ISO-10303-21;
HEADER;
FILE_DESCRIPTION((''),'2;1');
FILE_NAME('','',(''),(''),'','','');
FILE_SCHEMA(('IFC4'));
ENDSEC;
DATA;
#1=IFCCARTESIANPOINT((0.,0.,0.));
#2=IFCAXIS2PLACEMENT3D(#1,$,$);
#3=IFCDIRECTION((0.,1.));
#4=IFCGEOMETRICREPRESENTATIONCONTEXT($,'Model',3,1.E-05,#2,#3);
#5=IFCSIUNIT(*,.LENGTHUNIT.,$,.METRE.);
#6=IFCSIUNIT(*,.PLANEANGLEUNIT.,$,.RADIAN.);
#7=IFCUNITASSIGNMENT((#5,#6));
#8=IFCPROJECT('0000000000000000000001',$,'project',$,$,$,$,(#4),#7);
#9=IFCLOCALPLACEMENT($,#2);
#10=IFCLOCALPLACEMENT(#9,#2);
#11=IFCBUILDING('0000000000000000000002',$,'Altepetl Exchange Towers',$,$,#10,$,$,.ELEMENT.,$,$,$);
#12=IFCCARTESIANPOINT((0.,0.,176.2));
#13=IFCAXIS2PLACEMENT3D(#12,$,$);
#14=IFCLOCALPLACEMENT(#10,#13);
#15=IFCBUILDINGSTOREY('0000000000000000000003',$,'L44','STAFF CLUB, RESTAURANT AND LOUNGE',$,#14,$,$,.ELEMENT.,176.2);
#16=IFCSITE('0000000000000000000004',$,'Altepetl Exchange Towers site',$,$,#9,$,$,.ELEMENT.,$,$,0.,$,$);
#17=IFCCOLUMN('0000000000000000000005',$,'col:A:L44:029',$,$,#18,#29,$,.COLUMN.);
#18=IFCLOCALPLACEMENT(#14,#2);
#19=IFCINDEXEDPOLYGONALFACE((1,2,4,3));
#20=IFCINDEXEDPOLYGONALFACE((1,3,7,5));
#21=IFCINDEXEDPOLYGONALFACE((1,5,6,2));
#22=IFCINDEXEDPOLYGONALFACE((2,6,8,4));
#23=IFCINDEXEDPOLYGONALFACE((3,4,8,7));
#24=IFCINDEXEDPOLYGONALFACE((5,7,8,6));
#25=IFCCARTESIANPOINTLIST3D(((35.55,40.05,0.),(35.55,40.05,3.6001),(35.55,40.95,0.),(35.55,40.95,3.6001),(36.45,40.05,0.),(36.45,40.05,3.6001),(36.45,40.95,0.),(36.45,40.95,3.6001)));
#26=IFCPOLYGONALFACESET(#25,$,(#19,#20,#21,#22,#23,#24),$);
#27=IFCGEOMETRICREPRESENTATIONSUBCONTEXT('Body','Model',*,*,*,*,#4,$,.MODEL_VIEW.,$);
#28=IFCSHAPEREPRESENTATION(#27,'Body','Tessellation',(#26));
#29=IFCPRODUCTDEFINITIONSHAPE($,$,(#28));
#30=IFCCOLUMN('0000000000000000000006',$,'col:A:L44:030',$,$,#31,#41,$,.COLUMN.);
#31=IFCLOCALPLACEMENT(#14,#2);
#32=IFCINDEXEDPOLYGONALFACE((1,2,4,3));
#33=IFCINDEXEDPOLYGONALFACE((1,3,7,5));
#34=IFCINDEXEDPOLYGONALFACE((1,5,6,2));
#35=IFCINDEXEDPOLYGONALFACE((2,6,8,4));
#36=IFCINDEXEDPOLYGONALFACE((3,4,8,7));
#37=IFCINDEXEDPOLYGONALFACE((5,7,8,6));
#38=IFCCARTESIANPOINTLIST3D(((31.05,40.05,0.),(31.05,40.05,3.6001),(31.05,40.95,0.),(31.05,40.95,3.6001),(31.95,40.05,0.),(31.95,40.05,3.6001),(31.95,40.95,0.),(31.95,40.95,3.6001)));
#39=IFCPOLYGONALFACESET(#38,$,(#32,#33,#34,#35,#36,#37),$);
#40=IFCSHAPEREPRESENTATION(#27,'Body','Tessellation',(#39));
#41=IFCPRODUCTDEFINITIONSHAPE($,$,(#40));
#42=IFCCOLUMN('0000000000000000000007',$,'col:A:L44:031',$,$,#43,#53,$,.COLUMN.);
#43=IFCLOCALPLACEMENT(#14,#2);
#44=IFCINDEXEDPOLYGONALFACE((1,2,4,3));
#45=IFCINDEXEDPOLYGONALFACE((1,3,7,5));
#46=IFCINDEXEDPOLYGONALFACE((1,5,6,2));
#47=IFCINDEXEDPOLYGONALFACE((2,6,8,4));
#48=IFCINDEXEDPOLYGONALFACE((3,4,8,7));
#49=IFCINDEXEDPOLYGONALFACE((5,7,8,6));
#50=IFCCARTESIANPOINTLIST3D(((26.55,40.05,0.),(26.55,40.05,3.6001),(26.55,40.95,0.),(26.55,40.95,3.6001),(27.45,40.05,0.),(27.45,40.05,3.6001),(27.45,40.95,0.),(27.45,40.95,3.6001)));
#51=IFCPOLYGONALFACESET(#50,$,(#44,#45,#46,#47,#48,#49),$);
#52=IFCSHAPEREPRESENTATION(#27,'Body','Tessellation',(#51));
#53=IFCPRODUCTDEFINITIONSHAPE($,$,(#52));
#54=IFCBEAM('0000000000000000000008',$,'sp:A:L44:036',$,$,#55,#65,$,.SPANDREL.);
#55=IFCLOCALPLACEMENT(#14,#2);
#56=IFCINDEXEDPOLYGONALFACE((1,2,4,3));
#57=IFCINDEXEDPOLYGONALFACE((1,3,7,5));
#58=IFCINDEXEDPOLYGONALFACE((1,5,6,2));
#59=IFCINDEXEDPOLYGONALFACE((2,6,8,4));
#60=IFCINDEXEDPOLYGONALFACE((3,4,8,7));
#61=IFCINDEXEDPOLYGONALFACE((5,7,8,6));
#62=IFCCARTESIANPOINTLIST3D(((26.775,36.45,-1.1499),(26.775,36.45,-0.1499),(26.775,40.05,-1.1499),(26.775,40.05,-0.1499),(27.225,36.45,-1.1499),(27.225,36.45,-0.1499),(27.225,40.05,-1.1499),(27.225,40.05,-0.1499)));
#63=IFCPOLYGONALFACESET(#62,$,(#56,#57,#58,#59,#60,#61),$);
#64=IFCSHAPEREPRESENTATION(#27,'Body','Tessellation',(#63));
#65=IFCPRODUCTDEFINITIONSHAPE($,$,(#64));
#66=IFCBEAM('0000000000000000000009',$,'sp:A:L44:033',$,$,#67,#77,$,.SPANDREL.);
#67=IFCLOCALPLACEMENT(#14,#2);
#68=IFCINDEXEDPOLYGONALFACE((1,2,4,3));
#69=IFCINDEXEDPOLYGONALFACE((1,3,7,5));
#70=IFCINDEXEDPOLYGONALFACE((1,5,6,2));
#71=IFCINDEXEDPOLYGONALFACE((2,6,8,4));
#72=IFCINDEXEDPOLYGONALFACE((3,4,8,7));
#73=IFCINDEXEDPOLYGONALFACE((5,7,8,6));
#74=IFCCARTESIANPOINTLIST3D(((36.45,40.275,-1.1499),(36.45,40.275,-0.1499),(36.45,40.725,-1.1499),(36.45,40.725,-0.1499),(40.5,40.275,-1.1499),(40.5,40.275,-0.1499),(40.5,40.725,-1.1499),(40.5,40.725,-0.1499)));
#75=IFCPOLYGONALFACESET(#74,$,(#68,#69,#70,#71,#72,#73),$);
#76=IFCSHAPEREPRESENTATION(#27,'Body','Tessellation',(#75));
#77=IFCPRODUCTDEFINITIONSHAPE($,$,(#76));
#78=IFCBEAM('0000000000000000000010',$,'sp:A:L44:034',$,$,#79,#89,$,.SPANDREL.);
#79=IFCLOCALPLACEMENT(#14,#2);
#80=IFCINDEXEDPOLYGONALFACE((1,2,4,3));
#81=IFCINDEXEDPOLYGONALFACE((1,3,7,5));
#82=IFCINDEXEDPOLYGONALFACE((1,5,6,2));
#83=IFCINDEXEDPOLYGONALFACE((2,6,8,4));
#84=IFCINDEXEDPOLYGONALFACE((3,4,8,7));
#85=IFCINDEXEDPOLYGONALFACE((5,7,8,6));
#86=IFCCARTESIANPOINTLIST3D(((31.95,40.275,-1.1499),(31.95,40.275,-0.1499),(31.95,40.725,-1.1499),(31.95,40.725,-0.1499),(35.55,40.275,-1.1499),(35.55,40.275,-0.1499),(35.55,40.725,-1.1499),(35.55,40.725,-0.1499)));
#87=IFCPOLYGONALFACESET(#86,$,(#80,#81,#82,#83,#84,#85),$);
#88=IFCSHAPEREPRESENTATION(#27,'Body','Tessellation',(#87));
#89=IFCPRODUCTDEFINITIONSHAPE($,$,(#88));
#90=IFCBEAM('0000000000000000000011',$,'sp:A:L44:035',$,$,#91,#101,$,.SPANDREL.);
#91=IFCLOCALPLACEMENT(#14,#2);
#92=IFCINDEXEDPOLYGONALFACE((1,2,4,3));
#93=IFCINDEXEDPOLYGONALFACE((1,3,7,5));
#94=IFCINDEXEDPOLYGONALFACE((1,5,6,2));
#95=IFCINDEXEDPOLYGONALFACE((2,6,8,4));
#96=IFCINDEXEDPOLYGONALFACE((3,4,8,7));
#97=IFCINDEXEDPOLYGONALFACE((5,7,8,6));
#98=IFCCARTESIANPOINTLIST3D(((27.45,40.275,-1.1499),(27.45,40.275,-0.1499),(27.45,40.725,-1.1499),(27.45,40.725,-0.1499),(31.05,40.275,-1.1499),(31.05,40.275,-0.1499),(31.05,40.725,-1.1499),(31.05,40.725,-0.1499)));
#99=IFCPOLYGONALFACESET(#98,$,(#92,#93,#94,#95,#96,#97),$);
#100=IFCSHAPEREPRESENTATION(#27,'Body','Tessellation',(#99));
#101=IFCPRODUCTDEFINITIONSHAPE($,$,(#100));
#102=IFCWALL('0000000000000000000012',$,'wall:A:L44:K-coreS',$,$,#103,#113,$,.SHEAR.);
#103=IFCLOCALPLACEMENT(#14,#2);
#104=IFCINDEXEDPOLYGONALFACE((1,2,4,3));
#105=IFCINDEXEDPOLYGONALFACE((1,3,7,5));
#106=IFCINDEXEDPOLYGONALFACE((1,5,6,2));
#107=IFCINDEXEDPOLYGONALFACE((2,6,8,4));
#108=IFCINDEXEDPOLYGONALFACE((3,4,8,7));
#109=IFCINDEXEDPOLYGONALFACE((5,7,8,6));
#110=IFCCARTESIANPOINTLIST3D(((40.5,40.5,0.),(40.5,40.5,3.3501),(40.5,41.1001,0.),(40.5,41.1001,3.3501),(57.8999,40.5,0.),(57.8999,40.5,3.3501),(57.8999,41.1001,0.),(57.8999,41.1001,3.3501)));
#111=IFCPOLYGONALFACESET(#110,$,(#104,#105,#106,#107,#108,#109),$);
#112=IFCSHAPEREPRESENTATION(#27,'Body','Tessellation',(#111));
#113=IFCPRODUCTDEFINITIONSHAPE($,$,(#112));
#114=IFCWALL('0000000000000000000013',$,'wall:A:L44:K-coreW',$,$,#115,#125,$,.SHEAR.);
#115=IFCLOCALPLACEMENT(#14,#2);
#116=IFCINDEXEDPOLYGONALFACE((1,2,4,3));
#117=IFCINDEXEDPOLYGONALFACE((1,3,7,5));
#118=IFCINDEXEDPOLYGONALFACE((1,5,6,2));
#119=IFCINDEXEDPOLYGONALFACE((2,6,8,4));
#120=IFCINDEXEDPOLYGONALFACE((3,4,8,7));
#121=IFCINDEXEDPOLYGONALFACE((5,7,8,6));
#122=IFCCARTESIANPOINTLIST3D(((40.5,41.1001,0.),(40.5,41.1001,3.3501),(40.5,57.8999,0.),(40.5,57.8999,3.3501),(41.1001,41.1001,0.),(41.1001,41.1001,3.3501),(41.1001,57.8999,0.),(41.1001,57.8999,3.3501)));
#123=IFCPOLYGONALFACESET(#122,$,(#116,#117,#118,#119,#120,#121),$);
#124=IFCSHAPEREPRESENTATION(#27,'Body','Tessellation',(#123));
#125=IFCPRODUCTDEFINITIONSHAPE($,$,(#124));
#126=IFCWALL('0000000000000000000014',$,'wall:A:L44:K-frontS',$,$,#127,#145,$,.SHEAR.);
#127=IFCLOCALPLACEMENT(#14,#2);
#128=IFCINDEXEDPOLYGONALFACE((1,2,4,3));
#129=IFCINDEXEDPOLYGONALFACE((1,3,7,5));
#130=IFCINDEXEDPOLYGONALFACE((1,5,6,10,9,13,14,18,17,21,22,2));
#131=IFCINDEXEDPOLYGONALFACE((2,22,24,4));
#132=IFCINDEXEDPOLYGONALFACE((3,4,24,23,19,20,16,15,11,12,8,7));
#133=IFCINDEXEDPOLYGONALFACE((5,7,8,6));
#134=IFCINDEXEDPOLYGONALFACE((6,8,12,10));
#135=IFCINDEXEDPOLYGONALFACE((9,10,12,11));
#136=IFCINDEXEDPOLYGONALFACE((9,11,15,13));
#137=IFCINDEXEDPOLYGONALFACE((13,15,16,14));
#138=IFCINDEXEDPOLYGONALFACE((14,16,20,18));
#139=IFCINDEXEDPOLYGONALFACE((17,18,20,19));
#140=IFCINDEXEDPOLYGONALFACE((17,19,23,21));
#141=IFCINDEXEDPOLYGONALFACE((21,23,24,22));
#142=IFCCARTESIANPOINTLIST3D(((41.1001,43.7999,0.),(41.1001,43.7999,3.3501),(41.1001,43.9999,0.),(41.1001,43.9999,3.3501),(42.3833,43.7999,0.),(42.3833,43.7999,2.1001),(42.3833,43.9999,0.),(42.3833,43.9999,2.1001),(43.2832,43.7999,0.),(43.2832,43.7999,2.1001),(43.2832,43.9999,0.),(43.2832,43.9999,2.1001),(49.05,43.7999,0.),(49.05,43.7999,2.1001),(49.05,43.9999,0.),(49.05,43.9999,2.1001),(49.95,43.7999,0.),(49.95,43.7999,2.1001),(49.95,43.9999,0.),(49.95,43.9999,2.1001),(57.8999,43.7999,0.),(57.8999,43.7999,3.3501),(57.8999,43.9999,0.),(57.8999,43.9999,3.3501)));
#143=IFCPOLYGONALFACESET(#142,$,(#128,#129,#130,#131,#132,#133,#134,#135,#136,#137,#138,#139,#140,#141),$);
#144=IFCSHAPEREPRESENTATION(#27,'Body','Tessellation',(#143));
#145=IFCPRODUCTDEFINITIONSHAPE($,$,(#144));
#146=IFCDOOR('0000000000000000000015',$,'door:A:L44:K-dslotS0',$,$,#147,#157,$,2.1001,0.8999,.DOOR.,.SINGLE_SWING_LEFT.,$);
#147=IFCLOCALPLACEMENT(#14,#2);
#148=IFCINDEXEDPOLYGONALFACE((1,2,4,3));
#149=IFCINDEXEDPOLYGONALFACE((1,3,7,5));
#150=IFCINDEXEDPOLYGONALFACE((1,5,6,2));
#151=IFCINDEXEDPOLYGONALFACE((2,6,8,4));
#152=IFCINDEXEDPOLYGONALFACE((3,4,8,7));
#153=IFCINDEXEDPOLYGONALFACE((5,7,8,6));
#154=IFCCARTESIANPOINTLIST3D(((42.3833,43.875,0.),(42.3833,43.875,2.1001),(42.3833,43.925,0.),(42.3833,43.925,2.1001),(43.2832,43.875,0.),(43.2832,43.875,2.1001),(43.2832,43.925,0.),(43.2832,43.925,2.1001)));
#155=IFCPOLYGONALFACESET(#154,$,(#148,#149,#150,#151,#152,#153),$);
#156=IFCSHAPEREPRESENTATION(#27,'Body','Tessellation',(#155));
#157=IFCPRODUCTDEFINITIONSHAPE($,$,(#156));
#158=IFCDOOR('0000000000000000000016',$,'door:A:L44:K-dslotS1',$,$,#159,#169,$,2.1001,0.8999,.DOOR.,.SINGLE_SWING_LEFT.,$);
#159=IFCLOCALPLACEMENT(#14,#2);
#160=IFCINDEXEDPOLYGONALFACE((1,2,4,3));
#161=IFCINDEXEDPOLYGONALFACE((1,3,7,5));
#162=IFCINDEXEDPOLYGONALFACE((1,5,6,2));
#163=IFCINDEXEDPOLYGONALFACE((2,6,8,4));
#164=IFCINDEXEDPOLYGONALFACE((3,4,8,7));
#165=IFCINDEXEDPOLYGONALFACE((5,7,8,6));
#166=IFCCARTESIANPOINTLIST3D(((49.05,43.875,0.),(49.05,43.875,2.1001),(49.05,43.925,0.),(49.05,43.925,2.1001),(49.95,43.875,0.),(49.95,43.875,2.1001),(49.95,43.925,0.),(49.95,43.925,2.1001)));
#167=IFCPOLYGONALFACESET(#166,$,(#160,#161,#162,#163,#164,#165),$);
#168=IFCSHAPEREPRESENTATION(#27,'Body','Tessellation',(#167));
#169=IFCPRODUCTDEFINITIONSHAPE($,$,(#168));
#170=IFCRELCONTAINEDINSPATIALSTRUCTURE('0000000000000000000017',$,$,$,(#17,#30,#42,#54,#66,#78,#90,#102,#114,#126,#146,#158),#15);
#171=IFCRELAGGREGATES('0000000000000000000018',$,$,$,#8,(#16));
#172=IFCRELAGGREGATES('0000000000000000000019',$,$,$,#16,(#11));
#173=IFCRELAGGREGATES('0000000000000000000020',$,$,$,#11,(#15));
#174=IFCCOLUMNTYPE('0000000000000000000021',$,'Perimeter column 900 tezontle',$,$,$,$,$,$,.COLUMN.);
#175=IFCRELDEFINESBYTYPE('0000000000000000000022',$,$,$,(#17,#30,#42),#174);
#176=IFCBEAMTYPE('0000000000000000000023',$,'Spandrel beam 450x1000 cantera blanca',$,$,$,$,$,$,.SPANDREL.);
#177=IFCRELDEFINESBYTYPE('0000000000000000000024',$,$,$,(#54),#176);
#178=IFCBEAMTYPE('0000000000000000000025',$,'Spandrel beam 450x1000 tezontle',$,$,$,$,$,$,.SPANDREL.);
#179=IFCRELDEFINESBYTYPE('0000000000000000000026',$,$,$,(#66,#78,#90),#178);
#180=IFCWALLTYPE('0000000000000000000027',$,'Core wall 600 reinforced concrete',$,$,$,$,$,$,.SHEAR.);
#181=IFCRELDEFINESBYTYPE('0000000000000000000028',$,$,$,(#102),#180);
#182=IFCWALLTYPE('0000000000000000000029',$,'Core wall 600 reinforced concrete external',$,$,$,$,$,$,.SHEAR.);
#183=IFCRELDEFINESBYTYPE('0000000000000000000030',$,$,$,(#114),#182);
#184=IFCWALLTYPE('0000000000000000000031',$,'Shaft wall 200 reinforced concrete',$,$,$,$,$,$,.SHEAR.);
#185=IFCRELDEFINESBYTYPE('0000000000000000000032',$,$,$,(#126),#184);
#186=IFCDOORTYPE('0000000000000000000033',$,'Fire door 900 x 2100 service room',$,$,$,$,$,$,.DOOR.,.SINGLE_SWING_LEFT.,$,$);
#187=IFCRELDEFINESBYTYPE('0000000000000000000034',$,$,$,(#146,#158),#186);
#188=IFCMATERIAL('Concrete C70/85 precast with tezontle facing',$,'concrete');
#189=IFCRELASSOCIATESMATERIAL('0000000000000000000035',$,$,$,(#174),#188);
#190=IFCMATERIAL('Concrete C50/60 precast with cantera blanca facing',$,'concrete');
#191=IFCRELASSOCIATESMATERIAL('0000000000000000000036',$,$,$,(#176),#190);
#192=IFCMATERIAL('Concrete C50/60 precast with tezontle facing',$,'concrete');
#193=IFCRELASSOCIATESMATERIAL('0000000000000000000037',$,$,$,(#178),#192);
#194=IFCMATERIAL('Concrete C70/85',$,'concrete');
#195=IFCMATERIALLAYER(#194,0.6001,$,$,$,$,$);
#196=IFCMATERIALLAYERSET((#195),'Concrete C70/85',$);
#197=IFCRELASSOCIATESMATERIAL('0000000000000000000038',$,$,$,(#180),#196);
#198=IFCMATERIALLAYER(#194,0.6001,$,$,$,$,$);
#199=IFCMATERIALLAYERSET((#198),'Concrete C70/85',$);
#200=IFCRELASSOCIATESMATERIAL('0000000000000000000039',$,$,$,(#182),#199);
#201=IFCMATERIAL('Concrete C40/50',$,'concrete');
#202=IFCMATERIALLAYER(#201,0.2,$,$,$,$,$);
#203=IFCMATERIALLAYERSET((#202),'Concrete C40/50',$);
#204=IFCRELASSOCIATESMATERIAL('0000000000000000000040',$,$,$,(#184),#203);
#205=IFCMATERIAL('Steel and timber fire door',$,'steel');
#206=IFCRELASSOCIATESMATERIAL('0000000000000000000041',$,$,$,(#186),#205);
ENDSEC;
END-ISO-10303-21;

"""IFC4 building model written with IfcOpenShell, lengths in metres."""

from ifc_helpers import new_model, si_unit, direction, frame, frame_2d, origin, origin_2d, place, context, subcontext, project, spatial, rectangle, extrude, material, layer, layer_set, material_profile, profile_set, type_object, element, fill, save


model = new_model("IFC4")

# Units and contexts
model_context = context("Model", 3, precision=1e-05, world=origin(), true_north=direction((0.0, 1.0)))
body_context = subcontext(model_context, "Body", "Model", "MODEL_VIEW")
ifc_project = project(units=[si_unit("LENGTHUNIT", "METRE"), si_unit("PLANEANGLEUNIT", "RADIAN")], contexts=[model_context])

# Site, building, storey
site_placement = place(None, origin())
site = spatial("IfcSite", under=ifc_project, at=site_placement, Name="Altepetl Exchange Towers site", CompositionType="ELEMENT", RefElevation=0.0)
building_placement = place(site_placement, origin())
building = spatial("IfcBuilding", under=site, at=building_placement, Name="Altepetl Exchange Towers", CompositionType="ELEMENT")
storey_placement = place(building_placement, frame((0.0, 0.0, 176.2)))
storey = spatial("IfcBuildingStorey", under=building, at=storey_placement, Name="L44", Description="STAFF CLUB, RESTAURANT AND LOUNGE", CompositionType="ELEMENT", Elevation=176.2)

# Columns
ifc_material_1 = material(Name="Concrete C70/85 precast with tezontle facing", Category="concrete")
ifc_material_profile_1 = material_profile(ifc_material_1, rectangle(XDim=0.8999, YDim=0.8999, at=origin_2d()), Name="900 x 900")
ifc_profile_set_1 = profile_set([ifc_material_profile_1], Name="Concrete C70/85 precast with tezontle facing")
column_type = type_object("IfcColumnType", Name="Perimeter column 900 tezontle", PredefinedType="COLUMN", material=ifc_profile_set_1)
for number, where, name in (
    (1, (36.0, 40.5, 0.0), "col:A:L44:029"),
    (2, (31.5, 40.5, 0.0), "col:A:L44:030"),
    (3, (27.0, 40.5, 0.0), "col:A:L44:031"),
):
    element("IfcColumn", number, at=place(storey_placement, frame(where)), inside=storey, type_object=column_type, Name=name, PredefinedType="COLUMN", context=body_context, shape_type="SweptSolid", body=[
        extrude(rectangle(XDim=0.8999, YDim=0.8999, at=origin_2d()), origin(), (0.0, 0.0, 1.0), 3.6001),
    ])

# Beams
ifc_material_2 = material(Name="Concrete C50/60 precast with cantera blanca facing", Category="concrete")
ifc_material_profile_2 = material_profile(ifc_material_2, rectangle(XDim=0.45, YDim=1.0, at=origin_2d()), Name="450 x 1000")
ifc_profile_set_2 = profile_set([ifc_material_profile_2], Name="Concrete C50/60 precast with cantera blanca facing")
beam_type_1 = type_object("IfcBeamType", Name="Spandrel beam 450x1000 cantera blanca", PredefinedType="SPANDREL", material=ifc_profile_set_2)
beam_1_placement = place(storey_placement, frame((27.0, 40.05, -0.6499), z_axis=(0.0, -1.0, 0.0), x_axis=(1.0, 0.0, 0.0)))
element("IfcBeam", 4, at=beam_1_placement, inside=storey, type_object=beam_type_1, Name="sp:A:L44:036", PredefinedType="SPANDREL", context=body_context, shape_type="SweptSolid", body=[
    extrude(rectangle(XDim=0.45, YDim=1.0, at=origin_2d()), origin(), (0.0, 0.0, 1.0), 3.6001),
])
ifc_material_3 = material(Name="Concrete C50/60 precast with tezontle facing", Category="concrete")
ifc_material_profile_3 = material_profile(ifc_material_3, rectangle(XDim=0.45, YDim=1.0, at=origin_2d()), Name="450 x 1000")
ifc_profile_set_3 = profile_set([ifc_material_profile_3], Name="Concrete C50/60 precast with tezontle facing")
beam_type_2 = type_object("IfcBeamType", Name="Spandrel beam 450x1000 tezontle", PredefinedType="SPANDREL", material=ifc_profile_set_3)
beam_2_placement = place(storey_placement, frame((40.5, 40.5, -0.6499), z_axis=(-1.0, 0.0, 0.0), x_axis=(0.0, -1.0, 0.0)))
element("IfcBeam", 5, at=beam_2_placement, inside=storey, type_object=beam_type_2, Name="sp:A:L44:033", PredefinedType="SPANDREL", context=body_context, shape_type="SweptSolid", body=[
    extrude(rectangle(XDim=0.45, YDim=1.0, at=origin_2d()), origin(), (0.0, 0.0, 1.0), 4.05),
])
for number, where, z_axis, x_axis, name in (
    (6, (35.55, 40.5, -0.6499), (-1.0, 0.0, 0.0), (0.0, -1.0, 0.0), "sp:A:L44:034"),
    (7, (31.05, 40.5, -0.6499), (-1.0, 0.0, 0.0), (0.0, -1.0, 0.0), "sp:A:L44:035"),
):
    element("IfcBeam", number, at=place(storey_placement, frame(where, z_axis=z_axis, x_axis=x_axis)), inside=storey, type_object=beam_type_2, Name=name, PredefinedType="SPANDREL", context=body_context, shape_type="SweptSolid", body=[
        extrude(rectangle(XDim=0.45, YDim=1.0, at=origin_2d()), origin(), (0.0, 0.0, 1.0), 3.6001),
    ])

# Walls
ifc_material_4 = material(Name="Concrete C70/85", Category="concrete")
ifc_layer_1 = layer(ifc_material_4, 0.6001)
ifc_layer_set_1 = layer_set([ifc_layer_1], Name="Concrete C70/85")
wall_type_1 = type_object("IfcWallType", Name="Core wall 600 reinforced concrete", PredefinedType="SHEAR", material=ifc_layer_set_1)
wall_1_placement = place(storey_placement, frame((40.5, 40.8, 0.0)))
element("IfcWall", 8, at=wall_1_placement, inside=storey, type_object=wall_type_1, Name="wall:A:L44:K-coreS", PredefinedType="SHEAR", context=body_context, shape_type="SweptSolid", body=[
    extrude(rectangle(XDim=17.3999, YDim=0.6001, at=frame_2d((8.7, 0.0))), origin(), (0.0, 0.0, 1.0), 3.3501),
])
ifc_layer_2 = layer(ifc_material_4, 0.6001)
ifc_layer_set_2 = layer_set([ifc_layer_2], Name="Concrete C70/85")
wall_type_2 = type_object("IfcWallType", Name="Core wall 600 reinforced concrete external", PredefinedType="SHEAR", material=ifc_layer_set_2)
wall_2_placement = place(storey_placement, frame((40.8, 41.1001, 0.0), z_axis=(0.0, 0.0, 1.0), x_axis=(0.0, 1.0, 0.0)))
element("IfcWall", 9, at=wall_2_placement, inside=storey, type_object=wall_type_2, Name="wall:A:L44:K-coreW", PredefinedType="SHEAR", context=body_context, shape_type="SweptSolid", body=[
    extrude(rectangle(XDim=16.7998, YDim=0.6001, at=frame_2d((8.3999, 0.0))), origin(), (0.0, 0.0, 1.0), 3.3501),
])

# Wall, openings, doors
ifc_material_5 = material(Name="Concrete C40/50", Category="concrete")
ifc_layer_3 = layer(ifc_material_5, 0.2)
ifc_layer_set_3 = layer_set([ifc_layer_3], Name="Concrete C40/50")
wall_type_3 = type_object("IfcWallType", Name="Shaft wall 200 reinforced concrete", PredefinedType="SHEAR", material=ifc_layer_set_3)
wall_3_placement = place(storey_placement, frame((41.1001, 43.8999, 0.0)))
wall_3 = element("IfcWall", 10, at=wall_3_placement, inside=storey, type_object=wall_type_3, Name="wall:A:L44:K-frontS", PredefinedType="SHEAR", context=body_context, shape_type="SweptSolid", body=[
    extrude(rectangle(XDim=16.7998, YDim=0.2, at=frame_2d((8.3999, 0.0))), origin(), (0.0, 0.0, 1.0), 3.3501),
])
opening_1_placement = place(wall_3_placement, frame((1.2832, 0.0, 0.0)))
opening_1 = element("IfcOpeningElement", 11, at=opening_1_placement, cuts=wall_3, PredefinedType="OPENING", context=body_context, shape_type="SweptSolid", body=[
    extrude(rectangle(XDim=0.8999, YDim=2.1001, at=frame_2d((0.45, 1.05))), frame((0.0, 0.1099, 0.0), z_axis=(0.0, -1.0, 0.0), x_axis=(1.0, 0.0, 0.0)), (0.0, 0.0, 1.0), 0.22),
])
opening_2_placement = place(wall_3_placement, frame((7.95, 0.0, 0.0)))
opening_2 = element("IfcOpeningElement", 12, at=opening_2_placement, cuts=wall_3, PredefinedType="OPENING", context=body_context, shape_type="SweptSolid", body=[
    extrude(rectangle(XDim=0.8999, YDim=2.1001, at=frame_2d((0.45, 1.05))), frame((0.0, 0.1099, 0.0), z_axis=(0.0, -1.0, 0.0), x_axis=(1.0, 0.0, 0.0)), (0.0, 0.0, 1.0), 0.22),
])
ifc_material_6 = material(Name="Steel and timber fire door", Category="steel")
door_type_1 = type_object("IfcDoorType", Name="Fire door 900 x 2100 service room", OperationType="SINGLE_SWING_LEFT", PredefinedType="DOOR", material=ifc_material_6)
door_1_placement = place(opening_1_placement, frame((0.8999, 0.0, 0.0), x_axis=(-1.0, 0.0, 0.0)))
door_1 = element("IfcDoor", 13, at=door_1_placement, inside=storey, type_object=door_type_1, Name="door:A:L44:K-dslotS0", OperationType="SINGLE_SWING_LEFT", OverallHeight=2.1001, OverallWidth=0.8999, PredefinedType="DOOR", context=body_context, shape_type="SweptSolid", body=[
    extrude(rectangle(XDim=0.8999, YDim=2.1001, at=frame_2d((0.45, 1.05))), frame((0.0, 0.0249, 0.0), z_axis=(0.0, -1.0, 0.0), x_axis=(1.0, 0.0, 0.0)), (0.0, 0.0, 1.0), 0.05),
])
fill(opening_1, door_1)
door_2_placement = place(opening_2_placement, frame((0.8999, 0.0, 0.0), x_axis=(-1.0, 0.0, 0.0)))
door_2 = element("IfcDoor", 14, at=door_2_placement, inside=storey, type_object=door_type_1, Name="door:A:L44:K-dslotS1", OperationType="SINGLE_SWING_LEFT", OverallHeight=2.1001, OverallWidth=0.8999, PredefinedType="DOOR", context=body_context, shape_type="SweptSolid", body=[
    extrude(rectangle(XDim=0.8999, YDim=2.1001, at=frame_2d((0.45, 1.05))), frame((0.0, 0.0249, 0.0), z_axis=(0.0, -1.0, 0.0), x_axis=(1.0, 0.0, 0.0)), (0.0, 0.0, 1.0), 0.05),
])
fill(opening_2, door_2)

save(model, "model.ifc")
